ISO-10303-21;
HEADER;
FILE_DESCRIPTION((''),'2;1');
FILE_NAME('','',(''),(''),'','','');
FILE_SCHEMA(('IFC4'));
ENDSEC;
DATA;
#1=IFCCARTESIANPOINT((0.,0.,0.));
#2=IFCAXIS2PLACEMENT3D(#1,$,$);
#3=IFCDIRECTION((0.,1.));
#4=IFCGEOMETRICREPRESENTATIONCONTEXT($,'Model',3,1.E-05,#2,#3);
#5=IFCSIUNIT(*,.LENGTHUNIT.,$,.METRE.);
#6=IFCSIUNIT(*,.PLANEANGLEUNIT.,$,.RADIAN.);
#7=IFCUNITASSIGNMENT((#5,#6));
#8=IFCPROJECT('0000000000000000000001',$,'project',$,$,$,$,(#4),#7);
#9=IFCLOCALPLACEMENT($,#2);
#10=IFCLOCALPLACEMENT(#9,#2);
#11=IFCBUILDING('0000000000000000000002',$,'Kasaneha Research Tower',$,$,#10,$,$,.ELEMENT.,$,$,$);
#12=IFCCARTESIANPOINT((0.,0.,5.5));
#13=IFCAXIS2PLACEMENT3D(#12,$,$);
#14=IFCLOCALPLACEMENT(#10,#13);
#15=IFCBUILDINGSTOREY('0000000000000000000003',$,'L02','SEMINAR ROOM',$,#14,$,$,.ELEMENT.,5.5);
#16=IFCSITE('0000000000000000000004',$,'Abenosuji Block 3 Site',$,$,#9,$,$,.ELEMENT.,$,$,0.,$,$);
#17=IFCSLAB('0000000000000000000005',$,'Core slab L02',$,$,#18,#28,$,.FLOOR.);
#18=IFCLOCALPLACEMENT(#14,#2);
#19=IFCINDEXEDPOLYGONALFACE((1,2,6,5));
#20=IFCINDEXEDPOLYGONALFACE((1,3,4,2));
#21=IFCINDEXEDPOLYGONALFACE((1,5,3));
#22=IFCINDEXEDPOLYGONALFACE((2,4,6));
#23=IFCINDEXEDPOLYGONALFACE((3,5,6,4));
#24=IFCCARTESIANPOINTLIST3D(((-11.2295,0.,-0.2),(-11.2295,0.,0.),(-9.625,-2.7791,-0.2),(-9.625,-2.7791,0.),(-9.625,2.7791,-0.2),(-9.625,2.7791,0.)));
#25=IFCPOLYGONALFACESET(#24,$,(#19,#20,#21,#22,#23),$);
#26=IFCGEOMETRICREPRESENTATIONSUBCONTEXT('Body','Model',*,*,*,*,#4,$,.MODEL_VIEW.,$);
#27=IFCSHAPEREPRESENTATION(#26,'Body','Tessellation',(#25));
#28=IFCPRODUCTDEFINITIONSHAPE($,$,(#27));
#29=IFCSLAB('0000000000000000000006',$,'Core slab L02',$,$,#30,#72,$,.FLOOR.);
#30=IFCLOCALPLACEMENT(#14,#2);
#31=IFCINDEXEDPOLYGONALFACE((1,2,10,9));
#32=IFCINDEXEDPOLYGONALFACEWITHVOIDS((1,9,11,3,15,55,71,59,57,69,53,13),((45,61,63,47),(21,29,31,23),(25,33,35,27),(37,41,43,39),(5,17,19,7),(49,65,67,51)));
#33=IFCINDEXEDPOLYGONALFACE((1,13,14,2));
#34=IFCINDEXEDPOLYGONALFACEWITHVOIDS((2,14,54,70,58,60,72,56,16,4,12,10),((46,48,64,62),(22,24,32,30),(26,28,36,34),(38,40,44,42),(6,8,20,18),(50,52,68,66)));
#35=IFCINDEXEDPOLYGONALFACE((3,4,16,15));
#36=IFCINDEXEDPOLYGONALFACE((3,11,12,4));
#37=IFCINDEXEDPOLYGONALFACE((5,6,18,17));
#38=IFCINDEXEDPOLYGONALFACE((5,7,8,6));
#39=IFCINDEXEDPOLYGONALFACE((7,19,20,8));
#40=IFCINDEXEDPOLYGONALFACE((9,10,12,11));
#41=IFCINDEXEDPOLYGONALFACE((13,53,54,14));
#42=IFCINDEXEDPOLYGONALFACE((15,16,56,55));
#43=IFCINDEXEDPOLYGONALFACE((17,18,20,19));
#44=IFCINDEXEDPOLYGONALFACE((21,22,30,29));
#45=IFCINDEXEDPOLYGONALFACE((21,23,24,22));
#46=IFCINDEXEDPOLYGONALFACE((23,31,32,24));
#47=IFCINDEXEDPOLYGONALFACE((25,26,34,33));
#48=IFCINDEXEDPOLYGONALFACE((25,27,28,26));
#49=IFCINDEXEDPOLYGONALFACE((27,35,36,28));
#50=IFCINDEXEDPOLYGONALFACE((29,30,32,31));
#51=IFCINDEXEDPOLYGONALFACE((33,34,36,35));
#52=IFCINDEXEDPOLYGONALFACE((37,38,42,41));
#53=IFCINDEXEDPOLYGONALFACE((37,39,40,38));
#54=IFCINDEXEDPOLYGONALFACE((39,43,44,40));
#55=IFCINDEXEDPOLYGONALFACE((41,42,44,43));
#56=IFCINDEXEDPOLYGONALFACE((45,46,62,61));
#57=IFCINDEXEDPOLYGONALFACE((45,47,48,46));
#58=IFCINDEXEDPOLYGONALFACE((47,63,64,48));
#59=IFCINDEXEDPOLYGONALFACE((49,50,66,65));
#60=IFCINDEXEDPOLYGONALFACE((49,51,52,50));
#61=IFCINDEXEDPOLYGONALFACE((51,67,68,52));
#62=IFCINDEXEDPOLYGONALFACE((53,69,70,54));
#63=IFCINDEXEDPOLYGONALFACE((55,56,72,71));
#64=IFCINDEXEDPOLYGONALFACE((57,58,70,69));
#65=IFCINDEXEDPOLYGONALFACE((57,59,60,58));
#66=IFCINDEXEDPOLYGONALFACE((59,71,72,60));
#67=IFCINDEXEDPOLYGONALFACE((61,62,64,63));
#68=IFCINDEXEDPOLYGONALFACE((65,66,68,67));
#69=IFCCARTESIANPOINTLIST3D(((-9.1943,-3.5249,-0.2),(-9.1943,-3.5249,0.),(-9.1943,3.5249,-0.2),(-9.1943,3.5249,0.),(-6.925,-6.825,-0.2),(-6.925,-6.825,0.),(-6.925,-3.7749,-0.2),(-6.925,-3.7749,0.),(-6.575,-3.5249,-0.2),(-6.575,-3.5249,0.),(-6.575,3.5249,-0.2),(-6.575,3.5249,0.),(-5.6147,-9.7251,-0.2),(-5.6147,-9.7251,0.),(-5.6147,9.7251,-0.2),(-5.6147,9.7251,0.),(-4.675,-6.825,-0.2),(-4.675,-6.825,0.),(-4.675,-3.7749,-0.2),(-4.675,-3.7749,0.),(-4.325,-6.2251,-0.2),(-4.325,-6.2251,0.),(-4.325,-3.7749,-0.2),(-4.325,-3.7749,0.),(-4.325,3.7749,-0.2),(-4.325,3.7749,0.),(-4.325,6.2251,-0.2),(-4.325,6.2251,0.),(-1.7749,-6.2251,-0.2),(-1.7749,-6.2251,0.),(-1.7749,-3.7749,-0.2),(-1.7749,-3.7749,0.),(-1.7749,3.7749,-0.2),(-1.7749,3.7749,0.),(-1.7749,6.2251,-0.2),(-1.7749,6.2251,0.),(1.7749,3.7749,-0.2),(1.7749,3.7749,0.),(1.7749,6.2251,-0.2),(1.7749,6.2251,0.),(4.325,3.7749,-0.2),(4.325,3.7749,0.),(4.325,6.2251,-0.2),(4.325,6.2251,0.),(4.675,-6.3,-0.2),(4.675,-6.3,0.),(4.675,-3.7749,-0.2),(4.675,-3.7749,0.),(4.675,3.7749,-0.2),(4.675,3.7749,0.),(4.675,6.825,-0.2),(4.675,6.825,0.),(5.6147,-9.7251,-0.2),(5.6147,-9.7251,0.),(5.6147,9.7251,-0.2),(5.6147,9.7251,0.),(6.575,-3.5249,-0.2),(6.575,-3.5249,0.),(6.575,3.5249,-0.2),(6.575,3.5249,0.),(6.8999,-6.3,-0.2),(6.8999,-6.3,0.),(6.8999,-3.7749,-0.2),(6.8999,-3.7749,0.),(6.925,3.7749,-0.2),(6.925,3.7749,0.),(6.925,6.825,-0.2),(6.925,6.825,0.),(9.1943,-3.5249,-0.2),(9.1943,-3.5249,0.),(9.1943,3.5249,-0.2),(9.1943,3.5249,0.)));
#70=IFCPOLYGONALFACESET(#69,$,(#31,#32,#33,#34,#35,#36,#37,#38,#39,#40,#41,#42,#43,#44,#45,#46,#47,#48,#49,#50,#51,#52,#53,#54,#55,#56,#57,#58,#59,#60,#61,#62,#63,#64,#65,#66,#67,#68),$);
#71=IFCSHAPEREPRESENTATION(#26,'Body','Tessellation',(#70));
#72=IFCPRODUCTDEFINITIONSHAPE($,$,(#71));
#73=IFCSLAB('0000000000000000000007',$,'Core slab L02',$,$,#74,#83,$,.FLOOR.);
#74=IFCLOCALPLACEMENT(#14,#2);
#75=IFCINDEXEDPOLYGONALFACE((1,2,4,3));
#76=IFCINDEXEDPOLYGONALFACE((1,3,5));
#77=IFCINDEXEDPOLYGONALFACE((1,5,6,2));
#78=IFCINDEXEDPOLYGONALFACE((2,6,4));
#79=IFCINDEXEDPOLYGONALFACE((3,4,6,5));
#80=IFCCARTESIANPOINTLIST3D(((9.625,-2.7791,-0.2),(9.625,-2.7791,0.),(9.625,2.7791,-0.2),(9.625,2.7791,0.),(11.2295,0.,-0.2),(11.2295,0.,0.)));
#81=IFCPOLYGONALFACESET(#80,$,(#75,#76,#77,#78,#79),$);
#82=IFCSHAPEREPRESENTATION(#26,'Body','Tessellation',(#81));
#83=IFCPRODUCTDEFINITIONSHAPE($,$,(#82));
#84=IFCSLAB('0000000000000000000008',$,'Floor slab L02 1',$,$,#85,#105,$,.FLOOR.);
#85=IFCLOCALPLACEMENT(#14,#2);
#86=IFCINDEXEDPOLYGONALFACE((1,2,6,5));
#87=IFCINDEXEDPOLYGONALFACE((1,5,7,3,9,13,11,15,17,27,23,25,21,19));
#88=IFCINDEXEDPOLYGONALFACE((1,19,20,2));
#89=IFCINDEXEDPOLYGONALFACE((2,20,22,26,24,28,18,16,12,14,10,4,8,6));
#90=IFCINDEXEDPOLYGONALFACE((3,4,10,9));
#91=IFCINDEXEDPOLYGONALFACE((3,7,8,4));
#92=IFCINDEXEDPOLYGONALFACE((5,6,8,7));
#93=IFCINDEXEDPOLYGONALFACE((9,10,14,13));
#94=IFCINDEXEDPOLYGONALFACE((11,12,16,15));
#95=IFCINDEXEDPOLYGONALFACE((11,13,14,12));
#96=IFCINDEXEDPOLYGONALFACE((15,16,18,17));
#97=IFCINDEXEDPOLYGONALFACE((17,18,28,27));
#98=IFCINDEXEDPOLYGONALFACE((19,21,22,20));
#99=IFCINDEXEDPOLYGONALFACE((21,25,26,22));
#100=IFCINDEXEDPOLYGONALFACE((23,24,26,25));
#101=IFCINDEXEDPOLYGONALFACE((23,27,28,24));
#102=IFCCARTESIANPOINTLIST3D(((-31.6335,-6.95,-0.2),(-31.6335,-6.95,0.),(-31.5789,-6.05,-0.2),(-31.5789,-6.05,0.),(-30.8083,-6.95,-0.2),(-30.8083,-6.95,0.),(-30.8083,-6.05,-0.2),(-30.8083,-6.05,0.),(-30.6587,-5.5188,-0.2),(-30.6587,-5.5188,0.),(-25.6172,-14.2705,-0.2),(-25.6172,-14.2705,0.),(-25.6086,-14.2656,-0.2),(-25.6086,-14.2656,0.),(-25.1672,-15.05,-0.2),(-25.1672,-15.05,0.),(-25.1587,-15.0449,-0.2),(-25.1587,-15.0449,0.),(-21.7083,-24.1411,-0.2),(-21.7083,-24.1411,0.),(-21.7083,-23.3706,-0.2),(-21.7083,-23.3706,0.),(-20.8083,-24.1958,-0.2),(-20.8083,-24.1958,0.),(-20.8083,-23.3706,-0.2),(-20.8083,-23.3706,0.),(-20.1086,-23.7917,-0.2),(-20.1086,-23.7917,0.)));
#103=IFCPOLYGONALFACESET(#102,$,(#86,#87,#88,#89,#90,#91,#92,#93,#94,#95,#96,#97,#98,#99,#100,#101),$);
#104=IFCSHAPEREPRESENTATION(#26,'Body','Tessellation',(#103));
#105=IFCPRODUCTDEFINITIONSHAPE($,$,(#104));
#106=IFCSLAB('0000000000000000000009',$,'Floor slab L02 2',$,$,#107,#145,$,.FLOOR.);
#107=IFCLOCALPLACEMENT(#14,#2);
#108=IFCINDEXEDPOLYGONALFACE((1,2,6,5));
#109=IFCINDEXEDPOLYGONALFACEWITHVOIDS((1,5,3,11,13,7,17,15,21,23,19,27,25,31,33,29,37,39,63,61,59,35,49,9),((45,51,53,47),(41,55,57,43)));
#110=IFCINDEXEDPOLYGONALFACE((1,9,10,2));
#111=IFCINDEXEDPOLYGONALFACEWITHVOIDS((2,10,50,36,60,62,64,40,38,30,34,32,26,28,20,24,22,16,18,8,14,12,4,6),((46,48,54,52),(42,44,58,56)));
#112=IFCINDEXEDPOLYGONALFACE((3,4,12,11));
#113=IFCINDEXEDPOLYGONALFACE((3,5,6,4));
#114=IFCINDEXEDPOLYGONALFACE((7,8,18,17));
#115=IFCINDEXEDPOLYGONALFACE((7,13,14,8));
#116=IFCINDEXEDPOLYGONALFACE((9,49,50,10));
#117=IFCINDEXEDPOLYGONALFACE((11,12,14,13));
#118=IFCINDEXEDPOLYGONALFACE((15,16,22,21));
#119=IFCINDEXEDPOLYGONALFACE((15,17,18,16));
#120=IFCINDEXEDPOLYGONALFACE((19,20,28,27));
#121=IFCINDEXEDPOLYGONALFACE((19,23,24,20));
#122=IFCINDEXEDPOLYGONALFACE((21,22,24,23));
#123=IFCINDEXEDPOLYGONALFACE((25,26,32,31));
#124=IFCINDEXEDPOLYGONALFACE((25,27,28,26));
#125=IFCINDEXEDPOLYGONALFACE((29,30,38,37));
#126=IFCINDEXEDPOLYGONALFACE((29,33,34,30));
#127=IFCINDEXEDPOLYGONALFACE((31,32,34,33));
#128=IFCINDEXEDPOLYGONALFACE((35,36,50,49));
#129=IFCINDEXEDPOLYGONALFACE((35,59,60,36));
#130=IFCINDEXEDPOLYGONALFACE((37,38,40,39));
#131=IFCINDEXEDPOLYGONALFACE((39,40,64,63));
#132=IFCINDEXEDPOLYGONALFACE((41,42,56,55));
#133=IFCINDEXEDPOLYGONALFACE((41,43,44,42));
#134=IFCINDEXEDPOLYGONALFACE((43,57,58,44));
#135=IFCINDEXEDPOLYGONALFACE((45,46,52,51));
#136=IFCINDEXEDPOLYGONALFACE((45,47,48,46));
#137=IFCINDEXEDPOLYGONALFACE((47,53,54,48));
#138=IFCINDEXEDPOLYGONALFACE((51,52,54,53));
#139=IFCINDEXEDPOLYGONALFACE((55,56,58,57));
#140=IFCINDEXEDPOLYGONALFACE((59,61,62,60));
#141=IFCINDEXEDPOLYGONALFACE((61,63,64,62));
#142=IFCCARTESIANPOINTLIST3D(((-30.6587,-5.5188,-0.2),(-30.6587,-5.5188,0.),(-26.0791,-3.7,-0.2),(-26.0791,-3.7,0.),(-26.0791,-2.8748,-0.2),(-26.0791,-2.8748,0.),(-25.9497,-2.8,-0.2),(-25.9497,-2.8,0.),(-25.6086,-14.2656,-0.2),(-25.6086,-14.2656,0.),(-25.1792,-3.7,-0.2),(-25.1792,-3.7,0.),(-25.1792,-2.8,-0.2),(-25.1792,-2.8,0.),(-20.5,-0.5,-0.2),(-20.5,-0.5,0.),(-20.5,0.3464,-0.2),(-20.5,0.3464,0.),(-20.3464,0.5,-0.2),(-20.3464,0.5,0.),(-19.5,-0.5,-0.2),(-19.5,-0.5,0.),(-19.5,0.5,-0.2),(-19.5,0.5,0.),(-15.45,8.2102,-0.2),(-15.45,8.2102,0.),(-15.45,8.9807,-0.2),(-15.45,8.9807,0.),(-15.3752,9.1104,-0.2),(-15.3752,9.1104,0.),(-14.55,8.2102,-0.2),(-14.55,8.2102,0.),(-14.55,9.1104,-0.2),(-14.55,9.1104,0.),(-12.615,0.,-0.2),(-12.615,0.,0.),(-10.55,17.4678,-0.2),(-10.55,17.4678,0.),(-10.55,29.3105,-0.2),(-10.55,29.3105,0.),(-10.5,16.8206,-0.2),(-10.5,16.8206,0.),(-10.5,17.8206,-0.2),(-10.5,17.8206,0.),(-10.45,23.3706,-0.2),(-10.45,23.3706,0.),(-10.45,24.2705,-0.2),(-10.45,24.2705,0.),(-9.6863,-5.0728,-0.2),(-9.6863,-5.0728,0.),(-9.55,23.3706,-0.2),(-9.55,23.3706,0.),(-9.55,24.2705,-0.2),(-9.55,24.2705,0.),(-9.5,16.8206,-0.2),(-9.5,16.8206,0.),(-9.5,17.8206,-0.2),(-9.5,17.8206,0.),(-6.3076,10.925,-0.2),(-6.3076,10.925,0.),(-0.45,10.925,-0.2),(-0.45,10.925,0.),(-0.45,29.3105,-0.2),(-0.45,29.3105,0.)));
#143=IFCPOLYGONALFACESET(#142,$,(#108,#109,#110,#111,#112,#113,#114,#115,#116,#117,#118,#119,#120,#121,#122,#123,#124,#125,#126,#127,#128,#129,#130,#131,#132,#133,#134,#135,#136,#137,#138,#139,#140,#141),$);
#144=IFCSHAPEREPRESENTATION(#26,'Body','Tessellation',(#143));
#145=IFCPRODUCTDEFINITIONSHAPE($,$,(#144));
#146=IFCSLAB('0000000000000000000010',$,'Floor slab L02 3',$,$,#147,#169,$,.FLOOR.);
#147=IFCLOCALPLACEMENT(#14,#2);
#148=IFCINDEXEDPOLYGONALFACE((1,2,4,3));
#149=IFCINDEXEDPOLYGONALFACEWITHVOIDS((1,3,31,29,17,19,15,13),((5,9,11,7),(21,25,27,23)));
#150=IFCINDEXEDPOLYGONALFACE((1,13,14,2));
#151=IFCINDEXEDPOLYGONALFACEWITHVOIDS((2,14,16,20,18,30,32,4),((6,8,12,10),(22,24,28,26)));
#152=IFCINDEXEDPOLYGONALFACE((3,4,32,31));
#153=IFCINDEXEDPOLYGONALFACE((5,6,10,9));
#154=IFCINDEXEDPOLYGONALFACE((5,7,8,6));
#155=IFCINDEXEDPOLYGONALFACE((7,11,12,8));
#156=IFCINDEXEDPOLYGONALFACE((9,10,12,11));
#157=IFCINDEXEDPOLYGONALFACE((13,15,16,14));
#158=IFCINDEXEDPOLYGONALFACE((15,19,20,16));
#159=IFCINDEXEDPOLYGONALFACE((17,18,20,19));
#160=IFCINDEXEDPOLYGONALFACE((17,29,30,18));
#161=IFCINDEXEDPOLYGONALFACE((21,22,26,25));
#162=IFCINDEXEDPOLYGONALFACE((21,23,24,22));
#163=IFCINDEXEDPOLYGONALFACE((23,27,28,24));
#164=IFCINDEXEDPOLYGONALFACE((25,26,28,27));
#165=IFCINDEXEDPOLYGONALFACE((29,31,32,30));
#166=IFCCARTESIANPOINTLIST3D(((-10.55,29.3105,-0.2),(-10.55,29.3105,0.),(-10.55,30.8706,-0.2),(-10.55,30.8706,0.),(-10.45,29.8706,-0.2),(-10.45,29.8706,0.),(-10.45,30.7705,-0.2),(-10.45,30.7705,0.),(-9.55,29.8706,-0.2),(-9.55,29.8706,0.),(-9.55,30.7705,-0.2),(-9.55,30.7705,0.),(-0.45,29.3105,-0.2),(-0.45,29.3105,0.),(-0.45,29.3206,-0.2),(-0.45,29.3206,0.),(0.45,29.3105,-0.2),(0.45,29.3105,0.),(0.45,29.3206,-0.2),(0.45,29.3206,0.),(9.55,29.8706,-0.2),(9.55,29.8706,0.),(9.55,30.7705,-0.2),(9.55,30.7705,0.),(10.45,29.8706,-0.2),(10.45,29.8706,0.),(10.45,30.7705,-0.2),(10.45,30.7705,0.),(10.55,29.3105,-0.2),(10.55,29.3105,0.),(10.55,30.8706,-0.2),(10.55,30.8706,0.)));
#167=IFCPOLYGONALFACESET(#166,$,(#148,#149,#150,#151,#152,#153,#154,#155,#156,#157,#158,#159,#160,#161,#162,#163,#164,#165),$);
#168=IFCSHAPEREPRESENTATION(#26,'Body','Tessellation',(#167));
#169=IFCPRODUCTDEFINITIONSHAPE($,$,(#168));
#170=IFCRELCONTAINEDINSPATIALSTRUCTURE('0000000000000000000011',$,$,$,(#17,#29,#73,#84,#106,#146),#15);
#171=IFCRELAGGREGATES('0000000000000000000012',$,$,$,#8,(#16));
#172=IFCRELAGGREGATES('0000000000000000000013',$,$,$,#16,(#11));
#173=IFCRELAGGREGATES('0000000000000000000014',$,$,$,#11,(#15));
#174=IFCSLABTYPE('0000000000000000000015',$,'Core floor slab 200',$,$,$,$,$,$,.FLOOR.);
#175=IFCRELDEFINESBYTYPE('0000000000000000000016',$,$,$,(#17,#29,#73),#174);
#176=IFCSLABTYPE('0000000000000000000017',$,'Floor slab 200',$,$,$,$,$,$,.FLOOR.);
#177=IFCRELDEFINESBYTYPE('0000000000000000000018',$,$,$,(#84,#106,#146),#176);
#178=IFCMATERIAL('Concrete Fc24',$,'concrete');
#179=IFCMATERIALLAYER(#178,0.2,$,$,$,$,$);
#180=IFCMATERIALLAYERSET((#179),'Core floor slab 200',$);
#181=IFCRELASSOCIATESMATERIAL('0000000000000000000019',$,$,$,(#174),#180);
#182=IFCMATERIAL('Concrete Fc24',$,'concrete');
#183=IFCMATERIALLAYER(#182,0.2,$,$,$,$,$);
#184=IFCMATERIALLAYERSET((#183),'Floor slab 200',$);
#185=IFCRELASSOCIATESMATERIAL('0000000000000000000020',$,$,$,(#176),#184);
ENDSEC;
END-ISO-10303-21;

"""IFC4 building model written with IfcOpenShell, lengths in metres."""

from ifc_helpers import new_model, si_unit, direction, frame, origin, place, context, subcontext, project, spatial, polyline, outline, extrude, material, layer, layer_set, type_object, element, save


model = new_model("IFC4")

# Units and contexts
model_context = context("Model", 3, precision=1e-05, world=origin(), true_north=direction((0.0, 1.0)))
body_context = subcontext(model_context, "Body", "Model", "MODEL_VIEW")
ifc_project = project(units=[si_unit("LENGTHUNIT", "METRE"), si_unit("PLANEANGLEUNIT", "RADIAN")], contexts=[model_context])

# Site, building, storey
site_placement = place(None, origin())
site = spatial("IfcSite", under=ifc_project, at=site_placement, Name="Abenosuji Block 3 Site", CompositionType="ELEMENT", RefElevation=0.0)
building_placement = place(site_placement, origin())
building = spatial("IfcBuilding", under=site, at=building_placement, Name="Kasaneha Research Tower", CompositionType="ELEMENT")
storey_placement = place(building_placement, frame((0.0, 0.0, 5.5)))
storey = spatial("IfcBuildingStorey", under=building, at=storey_placement, Name="L02", Description="SEMINAR ROOM", CompositionType="ELEMENT", Elevation=5.5)

# Slabs
ifc_material_1 = material(Name="Concrete Fc24", Category="concrete")
ifc_layer_1 = layer(ifc_material_1, 0.2)
ifc_layer_set_1 = layer_set([ifc_layer_1], Name="Core floor slab 200")
slab_type_1 = type_object("IfcSlabType", Name="Core floor slab 200", PredefinedType="FLOOR", material=ifc_layer_set_1)
slab_1_placement = place(storey_placement, frame((0.0, 0.0, -0.2)))
element("IfcSlab", 1, at=slab_1_placement, inside=storey, type_object=slab_type_1, Name="Core slab L02", PredefinedType="FLOOR", context=body_context, shape_type="SweptSolid", body=[
    extrude(outline(polyline([(-11.2295, 0.0), (-9.625, 2.7791), (-9.625, -2.7791), (-11.2295, 0.0)])), origin(), (0.0, 0.0, 1.0), 0.2),
])
slab_2_placement = place(storey_placement, frame((0.0, 0.0, -0.2)))
element("IfcSlab", 2, at=slab_2_placement, inside=storey, type_object=slab_type_1, Name="Core slab L02", PredefinedType="FLOOR", context=body_context, shape_type="SweptSolid", body=[
    extrude(outline(polyline([(-5.6147, 9.7251), (5.6147, 9.7251), (9.1943, 3.5249), (6.575, 3.5249), (6.575, -3.5249), (9.1943, -3.5249), (5.6147, -9.7251), (-5.6147, -9.7251), (-9.1943, -3.5249), (-6.575, -3.5249), (-6.575, 3.5249), (-9.1943, 3.5249), (-5.6147, 9.7251)]), holes=[polyline([(-6.925, -3.7749), (-6.925, -6.825), (-4.675, -6.825), (-4.675, -3.7749), (-6.925, -3.7749)]), polyline([(4.675, -3.7749), (4.675, -6.3), (6.8999, -6.3), (6.8999, -3.7749), (4.675, -3.7749)]), polyline([(-4.325, -3.7749), (-4.325, -6.2251), (-1.7749, -6.2251), (-1.7749, -3.7749), (-4.325, -3.7749)]), polyline([(-4.325, 6.2251), (-4.325, 3.7749), (-1.7749, 3.7749), (-1.7749, 6.2251), (-4.325, 6.2251)]), polyline([(1.7749, 6.2251), (1.7749, 3.7749), (4.325, 3.7749), (4.325, 6.2251), (1.7749, 6.2251)]), polyline([(4.675, 6.825), (4.675, 3.7749), (6.925, 3.7749), (6.925, 6.825), (4.675, 6.825)])]), origin(), (0.0, 0.0, 1.0), 0.2),
])
slab_3_placement = place(storey_placement, frame((0.0, 0.0, -0.2)))
element("IfcSlab", 3, at=slab_3_placement, inside=storey, type_object=slab_type_1, Name="Core slab L02", PredefinedType="FLOOR", context=body_context, shape_type="SweptSolid", body=[
    extrude(outline(polyline([(11.2295, 0.0), (9.625, -2.7791), (9.625, 2.7791), (11.2295, 0.0)])), origin(), (0.0, 0.0, 1.0), 0.2),
])
ifc_material_2 = material(Name="Concrete Fc24", Category="concrete")
ifc_layer_2 = layer(ifc_material_2, 0.2)
ifc_layer_set_2 = layer_set([ifc_layer_2], Name="Floor slab 200")
slab_type_2 = type_object("IfcSlabType", Name="Floor slab 200", PredefinedType="FLOOR", material=ifc_layer_set_2)
slab_4_placement = place(storey_placement, frame((0.0, 0.0, -0.2)))
element("IfcSlab", 4, at=slab_4_placement, inside=storey, type_object=slab_type_2, Name="Floor slab L02 1", PredefinedType="FLOOR", context=body_context, shape_type="SweptSolid", body=[
    extrude(outline(polyline([(-25.1672, -15.05), (-25.1587, -15.0449), (-20.1086, -23.7917), (-20.8083, -24.1958), (-20.8083, -23.3706), (-21.7083, -23.3706), (-21.7083, -24.1411), (-31.6335, -6.95), (-30.8083, -6.95), (-30.8083, -6.05), (-31.5789, -6.05), (-30.6587, -5.5188), (-25.6086, -14.2656), (-25.6172, -14.2705), (-25.1672, -15.05)])), origin(), (0.0, 0.0, 1.0), 0.2),
])
slab_5_placement = place(storey_placement, frame((0.0, 0.0, -0.2)))
element("IfcSlab", 5, at=slab_5_placement, inside=storey, type_object=slab_type_2, Name="Floor slab L02 2", PredefinedType="FLOOR", context=body_context, shape_type="SweptSolid", body=[
    extrude(outline(polyline([(-25.1792, -2.8), (-25.9497, -2.8), (-20.5, 0.3464), (-20.5, -0.5), (-19.5, -0.5), (-19.5, 0.5), (-20.3464, 0.5), (-15.45, 8.9807), (-15.45, 8.2102), (-14.55, 8.2102), (-14.55, 9.1104), (-15.3752, 9.1104), (-10.55, 17.4678), (-10.55, 29.3105), (-0.45, 29.3105), (-0.45, 10.925), (-6.3076, 10.925), (-12.615, 0.0), (-9.6863, -5.0728), (-25.6086, -14.2656), (-30.6587, -5.5188), (-26.0791, -2.8748), (-26.0791, -3.7), (-25.1792, -3.7), (-25.1792, -2.8)]), holes=[polyline([(-9.5, 16.8206), (-9.5, 17.8206), (-10.5, 17.8206), (-10.5, 16.8206), (-9.5, 16.8206)]), polyline([(-10.45, 23.3706), (-9.55, 23.3706), (-9.55, 24.2705), (-10.45, 24.2705), (-10.45, 23.3706)])]), origin(), (0.0, 0.0, 1.0), 0.2),
])
slab_6_placement = place(storey_placement, frame((0.0, 0.0, -0.2)))
element("IfcSlab", 6, at=slab_6_placement, inside=storey, type_object=slab_type_2, Name="Floor slab L02 3", PredefinedType="FLOOR", context=body_context, shape_type="SweptSolid", body=[
    extrude(outline(polyline([(10.55, 29.3105), (0.45, 29.3105), (0.45, 29.3206), (-0.45, 29.3206), (-0.45, 29.3105), (-10.55, 29.3105), (-10.55, 30.8706), (10.55, 30.8706), (10.55, 29.3105)]), holes=[polyline([(-9.55, 29.8706), (-9.55, 30.7705), (-10.45, 30.7705), (-10.45, 29.8706), (-9.55, 29.8706)]), polyline([(9.55, 29.8706), (10.45, 29.8706), (10.45, 30.7705), (9.55, 30.7705), (9.55, 29.8706)])]), origin(), (0.0, 0.0, 1.0), 0.2),
])

save(model, "model.ifc")
